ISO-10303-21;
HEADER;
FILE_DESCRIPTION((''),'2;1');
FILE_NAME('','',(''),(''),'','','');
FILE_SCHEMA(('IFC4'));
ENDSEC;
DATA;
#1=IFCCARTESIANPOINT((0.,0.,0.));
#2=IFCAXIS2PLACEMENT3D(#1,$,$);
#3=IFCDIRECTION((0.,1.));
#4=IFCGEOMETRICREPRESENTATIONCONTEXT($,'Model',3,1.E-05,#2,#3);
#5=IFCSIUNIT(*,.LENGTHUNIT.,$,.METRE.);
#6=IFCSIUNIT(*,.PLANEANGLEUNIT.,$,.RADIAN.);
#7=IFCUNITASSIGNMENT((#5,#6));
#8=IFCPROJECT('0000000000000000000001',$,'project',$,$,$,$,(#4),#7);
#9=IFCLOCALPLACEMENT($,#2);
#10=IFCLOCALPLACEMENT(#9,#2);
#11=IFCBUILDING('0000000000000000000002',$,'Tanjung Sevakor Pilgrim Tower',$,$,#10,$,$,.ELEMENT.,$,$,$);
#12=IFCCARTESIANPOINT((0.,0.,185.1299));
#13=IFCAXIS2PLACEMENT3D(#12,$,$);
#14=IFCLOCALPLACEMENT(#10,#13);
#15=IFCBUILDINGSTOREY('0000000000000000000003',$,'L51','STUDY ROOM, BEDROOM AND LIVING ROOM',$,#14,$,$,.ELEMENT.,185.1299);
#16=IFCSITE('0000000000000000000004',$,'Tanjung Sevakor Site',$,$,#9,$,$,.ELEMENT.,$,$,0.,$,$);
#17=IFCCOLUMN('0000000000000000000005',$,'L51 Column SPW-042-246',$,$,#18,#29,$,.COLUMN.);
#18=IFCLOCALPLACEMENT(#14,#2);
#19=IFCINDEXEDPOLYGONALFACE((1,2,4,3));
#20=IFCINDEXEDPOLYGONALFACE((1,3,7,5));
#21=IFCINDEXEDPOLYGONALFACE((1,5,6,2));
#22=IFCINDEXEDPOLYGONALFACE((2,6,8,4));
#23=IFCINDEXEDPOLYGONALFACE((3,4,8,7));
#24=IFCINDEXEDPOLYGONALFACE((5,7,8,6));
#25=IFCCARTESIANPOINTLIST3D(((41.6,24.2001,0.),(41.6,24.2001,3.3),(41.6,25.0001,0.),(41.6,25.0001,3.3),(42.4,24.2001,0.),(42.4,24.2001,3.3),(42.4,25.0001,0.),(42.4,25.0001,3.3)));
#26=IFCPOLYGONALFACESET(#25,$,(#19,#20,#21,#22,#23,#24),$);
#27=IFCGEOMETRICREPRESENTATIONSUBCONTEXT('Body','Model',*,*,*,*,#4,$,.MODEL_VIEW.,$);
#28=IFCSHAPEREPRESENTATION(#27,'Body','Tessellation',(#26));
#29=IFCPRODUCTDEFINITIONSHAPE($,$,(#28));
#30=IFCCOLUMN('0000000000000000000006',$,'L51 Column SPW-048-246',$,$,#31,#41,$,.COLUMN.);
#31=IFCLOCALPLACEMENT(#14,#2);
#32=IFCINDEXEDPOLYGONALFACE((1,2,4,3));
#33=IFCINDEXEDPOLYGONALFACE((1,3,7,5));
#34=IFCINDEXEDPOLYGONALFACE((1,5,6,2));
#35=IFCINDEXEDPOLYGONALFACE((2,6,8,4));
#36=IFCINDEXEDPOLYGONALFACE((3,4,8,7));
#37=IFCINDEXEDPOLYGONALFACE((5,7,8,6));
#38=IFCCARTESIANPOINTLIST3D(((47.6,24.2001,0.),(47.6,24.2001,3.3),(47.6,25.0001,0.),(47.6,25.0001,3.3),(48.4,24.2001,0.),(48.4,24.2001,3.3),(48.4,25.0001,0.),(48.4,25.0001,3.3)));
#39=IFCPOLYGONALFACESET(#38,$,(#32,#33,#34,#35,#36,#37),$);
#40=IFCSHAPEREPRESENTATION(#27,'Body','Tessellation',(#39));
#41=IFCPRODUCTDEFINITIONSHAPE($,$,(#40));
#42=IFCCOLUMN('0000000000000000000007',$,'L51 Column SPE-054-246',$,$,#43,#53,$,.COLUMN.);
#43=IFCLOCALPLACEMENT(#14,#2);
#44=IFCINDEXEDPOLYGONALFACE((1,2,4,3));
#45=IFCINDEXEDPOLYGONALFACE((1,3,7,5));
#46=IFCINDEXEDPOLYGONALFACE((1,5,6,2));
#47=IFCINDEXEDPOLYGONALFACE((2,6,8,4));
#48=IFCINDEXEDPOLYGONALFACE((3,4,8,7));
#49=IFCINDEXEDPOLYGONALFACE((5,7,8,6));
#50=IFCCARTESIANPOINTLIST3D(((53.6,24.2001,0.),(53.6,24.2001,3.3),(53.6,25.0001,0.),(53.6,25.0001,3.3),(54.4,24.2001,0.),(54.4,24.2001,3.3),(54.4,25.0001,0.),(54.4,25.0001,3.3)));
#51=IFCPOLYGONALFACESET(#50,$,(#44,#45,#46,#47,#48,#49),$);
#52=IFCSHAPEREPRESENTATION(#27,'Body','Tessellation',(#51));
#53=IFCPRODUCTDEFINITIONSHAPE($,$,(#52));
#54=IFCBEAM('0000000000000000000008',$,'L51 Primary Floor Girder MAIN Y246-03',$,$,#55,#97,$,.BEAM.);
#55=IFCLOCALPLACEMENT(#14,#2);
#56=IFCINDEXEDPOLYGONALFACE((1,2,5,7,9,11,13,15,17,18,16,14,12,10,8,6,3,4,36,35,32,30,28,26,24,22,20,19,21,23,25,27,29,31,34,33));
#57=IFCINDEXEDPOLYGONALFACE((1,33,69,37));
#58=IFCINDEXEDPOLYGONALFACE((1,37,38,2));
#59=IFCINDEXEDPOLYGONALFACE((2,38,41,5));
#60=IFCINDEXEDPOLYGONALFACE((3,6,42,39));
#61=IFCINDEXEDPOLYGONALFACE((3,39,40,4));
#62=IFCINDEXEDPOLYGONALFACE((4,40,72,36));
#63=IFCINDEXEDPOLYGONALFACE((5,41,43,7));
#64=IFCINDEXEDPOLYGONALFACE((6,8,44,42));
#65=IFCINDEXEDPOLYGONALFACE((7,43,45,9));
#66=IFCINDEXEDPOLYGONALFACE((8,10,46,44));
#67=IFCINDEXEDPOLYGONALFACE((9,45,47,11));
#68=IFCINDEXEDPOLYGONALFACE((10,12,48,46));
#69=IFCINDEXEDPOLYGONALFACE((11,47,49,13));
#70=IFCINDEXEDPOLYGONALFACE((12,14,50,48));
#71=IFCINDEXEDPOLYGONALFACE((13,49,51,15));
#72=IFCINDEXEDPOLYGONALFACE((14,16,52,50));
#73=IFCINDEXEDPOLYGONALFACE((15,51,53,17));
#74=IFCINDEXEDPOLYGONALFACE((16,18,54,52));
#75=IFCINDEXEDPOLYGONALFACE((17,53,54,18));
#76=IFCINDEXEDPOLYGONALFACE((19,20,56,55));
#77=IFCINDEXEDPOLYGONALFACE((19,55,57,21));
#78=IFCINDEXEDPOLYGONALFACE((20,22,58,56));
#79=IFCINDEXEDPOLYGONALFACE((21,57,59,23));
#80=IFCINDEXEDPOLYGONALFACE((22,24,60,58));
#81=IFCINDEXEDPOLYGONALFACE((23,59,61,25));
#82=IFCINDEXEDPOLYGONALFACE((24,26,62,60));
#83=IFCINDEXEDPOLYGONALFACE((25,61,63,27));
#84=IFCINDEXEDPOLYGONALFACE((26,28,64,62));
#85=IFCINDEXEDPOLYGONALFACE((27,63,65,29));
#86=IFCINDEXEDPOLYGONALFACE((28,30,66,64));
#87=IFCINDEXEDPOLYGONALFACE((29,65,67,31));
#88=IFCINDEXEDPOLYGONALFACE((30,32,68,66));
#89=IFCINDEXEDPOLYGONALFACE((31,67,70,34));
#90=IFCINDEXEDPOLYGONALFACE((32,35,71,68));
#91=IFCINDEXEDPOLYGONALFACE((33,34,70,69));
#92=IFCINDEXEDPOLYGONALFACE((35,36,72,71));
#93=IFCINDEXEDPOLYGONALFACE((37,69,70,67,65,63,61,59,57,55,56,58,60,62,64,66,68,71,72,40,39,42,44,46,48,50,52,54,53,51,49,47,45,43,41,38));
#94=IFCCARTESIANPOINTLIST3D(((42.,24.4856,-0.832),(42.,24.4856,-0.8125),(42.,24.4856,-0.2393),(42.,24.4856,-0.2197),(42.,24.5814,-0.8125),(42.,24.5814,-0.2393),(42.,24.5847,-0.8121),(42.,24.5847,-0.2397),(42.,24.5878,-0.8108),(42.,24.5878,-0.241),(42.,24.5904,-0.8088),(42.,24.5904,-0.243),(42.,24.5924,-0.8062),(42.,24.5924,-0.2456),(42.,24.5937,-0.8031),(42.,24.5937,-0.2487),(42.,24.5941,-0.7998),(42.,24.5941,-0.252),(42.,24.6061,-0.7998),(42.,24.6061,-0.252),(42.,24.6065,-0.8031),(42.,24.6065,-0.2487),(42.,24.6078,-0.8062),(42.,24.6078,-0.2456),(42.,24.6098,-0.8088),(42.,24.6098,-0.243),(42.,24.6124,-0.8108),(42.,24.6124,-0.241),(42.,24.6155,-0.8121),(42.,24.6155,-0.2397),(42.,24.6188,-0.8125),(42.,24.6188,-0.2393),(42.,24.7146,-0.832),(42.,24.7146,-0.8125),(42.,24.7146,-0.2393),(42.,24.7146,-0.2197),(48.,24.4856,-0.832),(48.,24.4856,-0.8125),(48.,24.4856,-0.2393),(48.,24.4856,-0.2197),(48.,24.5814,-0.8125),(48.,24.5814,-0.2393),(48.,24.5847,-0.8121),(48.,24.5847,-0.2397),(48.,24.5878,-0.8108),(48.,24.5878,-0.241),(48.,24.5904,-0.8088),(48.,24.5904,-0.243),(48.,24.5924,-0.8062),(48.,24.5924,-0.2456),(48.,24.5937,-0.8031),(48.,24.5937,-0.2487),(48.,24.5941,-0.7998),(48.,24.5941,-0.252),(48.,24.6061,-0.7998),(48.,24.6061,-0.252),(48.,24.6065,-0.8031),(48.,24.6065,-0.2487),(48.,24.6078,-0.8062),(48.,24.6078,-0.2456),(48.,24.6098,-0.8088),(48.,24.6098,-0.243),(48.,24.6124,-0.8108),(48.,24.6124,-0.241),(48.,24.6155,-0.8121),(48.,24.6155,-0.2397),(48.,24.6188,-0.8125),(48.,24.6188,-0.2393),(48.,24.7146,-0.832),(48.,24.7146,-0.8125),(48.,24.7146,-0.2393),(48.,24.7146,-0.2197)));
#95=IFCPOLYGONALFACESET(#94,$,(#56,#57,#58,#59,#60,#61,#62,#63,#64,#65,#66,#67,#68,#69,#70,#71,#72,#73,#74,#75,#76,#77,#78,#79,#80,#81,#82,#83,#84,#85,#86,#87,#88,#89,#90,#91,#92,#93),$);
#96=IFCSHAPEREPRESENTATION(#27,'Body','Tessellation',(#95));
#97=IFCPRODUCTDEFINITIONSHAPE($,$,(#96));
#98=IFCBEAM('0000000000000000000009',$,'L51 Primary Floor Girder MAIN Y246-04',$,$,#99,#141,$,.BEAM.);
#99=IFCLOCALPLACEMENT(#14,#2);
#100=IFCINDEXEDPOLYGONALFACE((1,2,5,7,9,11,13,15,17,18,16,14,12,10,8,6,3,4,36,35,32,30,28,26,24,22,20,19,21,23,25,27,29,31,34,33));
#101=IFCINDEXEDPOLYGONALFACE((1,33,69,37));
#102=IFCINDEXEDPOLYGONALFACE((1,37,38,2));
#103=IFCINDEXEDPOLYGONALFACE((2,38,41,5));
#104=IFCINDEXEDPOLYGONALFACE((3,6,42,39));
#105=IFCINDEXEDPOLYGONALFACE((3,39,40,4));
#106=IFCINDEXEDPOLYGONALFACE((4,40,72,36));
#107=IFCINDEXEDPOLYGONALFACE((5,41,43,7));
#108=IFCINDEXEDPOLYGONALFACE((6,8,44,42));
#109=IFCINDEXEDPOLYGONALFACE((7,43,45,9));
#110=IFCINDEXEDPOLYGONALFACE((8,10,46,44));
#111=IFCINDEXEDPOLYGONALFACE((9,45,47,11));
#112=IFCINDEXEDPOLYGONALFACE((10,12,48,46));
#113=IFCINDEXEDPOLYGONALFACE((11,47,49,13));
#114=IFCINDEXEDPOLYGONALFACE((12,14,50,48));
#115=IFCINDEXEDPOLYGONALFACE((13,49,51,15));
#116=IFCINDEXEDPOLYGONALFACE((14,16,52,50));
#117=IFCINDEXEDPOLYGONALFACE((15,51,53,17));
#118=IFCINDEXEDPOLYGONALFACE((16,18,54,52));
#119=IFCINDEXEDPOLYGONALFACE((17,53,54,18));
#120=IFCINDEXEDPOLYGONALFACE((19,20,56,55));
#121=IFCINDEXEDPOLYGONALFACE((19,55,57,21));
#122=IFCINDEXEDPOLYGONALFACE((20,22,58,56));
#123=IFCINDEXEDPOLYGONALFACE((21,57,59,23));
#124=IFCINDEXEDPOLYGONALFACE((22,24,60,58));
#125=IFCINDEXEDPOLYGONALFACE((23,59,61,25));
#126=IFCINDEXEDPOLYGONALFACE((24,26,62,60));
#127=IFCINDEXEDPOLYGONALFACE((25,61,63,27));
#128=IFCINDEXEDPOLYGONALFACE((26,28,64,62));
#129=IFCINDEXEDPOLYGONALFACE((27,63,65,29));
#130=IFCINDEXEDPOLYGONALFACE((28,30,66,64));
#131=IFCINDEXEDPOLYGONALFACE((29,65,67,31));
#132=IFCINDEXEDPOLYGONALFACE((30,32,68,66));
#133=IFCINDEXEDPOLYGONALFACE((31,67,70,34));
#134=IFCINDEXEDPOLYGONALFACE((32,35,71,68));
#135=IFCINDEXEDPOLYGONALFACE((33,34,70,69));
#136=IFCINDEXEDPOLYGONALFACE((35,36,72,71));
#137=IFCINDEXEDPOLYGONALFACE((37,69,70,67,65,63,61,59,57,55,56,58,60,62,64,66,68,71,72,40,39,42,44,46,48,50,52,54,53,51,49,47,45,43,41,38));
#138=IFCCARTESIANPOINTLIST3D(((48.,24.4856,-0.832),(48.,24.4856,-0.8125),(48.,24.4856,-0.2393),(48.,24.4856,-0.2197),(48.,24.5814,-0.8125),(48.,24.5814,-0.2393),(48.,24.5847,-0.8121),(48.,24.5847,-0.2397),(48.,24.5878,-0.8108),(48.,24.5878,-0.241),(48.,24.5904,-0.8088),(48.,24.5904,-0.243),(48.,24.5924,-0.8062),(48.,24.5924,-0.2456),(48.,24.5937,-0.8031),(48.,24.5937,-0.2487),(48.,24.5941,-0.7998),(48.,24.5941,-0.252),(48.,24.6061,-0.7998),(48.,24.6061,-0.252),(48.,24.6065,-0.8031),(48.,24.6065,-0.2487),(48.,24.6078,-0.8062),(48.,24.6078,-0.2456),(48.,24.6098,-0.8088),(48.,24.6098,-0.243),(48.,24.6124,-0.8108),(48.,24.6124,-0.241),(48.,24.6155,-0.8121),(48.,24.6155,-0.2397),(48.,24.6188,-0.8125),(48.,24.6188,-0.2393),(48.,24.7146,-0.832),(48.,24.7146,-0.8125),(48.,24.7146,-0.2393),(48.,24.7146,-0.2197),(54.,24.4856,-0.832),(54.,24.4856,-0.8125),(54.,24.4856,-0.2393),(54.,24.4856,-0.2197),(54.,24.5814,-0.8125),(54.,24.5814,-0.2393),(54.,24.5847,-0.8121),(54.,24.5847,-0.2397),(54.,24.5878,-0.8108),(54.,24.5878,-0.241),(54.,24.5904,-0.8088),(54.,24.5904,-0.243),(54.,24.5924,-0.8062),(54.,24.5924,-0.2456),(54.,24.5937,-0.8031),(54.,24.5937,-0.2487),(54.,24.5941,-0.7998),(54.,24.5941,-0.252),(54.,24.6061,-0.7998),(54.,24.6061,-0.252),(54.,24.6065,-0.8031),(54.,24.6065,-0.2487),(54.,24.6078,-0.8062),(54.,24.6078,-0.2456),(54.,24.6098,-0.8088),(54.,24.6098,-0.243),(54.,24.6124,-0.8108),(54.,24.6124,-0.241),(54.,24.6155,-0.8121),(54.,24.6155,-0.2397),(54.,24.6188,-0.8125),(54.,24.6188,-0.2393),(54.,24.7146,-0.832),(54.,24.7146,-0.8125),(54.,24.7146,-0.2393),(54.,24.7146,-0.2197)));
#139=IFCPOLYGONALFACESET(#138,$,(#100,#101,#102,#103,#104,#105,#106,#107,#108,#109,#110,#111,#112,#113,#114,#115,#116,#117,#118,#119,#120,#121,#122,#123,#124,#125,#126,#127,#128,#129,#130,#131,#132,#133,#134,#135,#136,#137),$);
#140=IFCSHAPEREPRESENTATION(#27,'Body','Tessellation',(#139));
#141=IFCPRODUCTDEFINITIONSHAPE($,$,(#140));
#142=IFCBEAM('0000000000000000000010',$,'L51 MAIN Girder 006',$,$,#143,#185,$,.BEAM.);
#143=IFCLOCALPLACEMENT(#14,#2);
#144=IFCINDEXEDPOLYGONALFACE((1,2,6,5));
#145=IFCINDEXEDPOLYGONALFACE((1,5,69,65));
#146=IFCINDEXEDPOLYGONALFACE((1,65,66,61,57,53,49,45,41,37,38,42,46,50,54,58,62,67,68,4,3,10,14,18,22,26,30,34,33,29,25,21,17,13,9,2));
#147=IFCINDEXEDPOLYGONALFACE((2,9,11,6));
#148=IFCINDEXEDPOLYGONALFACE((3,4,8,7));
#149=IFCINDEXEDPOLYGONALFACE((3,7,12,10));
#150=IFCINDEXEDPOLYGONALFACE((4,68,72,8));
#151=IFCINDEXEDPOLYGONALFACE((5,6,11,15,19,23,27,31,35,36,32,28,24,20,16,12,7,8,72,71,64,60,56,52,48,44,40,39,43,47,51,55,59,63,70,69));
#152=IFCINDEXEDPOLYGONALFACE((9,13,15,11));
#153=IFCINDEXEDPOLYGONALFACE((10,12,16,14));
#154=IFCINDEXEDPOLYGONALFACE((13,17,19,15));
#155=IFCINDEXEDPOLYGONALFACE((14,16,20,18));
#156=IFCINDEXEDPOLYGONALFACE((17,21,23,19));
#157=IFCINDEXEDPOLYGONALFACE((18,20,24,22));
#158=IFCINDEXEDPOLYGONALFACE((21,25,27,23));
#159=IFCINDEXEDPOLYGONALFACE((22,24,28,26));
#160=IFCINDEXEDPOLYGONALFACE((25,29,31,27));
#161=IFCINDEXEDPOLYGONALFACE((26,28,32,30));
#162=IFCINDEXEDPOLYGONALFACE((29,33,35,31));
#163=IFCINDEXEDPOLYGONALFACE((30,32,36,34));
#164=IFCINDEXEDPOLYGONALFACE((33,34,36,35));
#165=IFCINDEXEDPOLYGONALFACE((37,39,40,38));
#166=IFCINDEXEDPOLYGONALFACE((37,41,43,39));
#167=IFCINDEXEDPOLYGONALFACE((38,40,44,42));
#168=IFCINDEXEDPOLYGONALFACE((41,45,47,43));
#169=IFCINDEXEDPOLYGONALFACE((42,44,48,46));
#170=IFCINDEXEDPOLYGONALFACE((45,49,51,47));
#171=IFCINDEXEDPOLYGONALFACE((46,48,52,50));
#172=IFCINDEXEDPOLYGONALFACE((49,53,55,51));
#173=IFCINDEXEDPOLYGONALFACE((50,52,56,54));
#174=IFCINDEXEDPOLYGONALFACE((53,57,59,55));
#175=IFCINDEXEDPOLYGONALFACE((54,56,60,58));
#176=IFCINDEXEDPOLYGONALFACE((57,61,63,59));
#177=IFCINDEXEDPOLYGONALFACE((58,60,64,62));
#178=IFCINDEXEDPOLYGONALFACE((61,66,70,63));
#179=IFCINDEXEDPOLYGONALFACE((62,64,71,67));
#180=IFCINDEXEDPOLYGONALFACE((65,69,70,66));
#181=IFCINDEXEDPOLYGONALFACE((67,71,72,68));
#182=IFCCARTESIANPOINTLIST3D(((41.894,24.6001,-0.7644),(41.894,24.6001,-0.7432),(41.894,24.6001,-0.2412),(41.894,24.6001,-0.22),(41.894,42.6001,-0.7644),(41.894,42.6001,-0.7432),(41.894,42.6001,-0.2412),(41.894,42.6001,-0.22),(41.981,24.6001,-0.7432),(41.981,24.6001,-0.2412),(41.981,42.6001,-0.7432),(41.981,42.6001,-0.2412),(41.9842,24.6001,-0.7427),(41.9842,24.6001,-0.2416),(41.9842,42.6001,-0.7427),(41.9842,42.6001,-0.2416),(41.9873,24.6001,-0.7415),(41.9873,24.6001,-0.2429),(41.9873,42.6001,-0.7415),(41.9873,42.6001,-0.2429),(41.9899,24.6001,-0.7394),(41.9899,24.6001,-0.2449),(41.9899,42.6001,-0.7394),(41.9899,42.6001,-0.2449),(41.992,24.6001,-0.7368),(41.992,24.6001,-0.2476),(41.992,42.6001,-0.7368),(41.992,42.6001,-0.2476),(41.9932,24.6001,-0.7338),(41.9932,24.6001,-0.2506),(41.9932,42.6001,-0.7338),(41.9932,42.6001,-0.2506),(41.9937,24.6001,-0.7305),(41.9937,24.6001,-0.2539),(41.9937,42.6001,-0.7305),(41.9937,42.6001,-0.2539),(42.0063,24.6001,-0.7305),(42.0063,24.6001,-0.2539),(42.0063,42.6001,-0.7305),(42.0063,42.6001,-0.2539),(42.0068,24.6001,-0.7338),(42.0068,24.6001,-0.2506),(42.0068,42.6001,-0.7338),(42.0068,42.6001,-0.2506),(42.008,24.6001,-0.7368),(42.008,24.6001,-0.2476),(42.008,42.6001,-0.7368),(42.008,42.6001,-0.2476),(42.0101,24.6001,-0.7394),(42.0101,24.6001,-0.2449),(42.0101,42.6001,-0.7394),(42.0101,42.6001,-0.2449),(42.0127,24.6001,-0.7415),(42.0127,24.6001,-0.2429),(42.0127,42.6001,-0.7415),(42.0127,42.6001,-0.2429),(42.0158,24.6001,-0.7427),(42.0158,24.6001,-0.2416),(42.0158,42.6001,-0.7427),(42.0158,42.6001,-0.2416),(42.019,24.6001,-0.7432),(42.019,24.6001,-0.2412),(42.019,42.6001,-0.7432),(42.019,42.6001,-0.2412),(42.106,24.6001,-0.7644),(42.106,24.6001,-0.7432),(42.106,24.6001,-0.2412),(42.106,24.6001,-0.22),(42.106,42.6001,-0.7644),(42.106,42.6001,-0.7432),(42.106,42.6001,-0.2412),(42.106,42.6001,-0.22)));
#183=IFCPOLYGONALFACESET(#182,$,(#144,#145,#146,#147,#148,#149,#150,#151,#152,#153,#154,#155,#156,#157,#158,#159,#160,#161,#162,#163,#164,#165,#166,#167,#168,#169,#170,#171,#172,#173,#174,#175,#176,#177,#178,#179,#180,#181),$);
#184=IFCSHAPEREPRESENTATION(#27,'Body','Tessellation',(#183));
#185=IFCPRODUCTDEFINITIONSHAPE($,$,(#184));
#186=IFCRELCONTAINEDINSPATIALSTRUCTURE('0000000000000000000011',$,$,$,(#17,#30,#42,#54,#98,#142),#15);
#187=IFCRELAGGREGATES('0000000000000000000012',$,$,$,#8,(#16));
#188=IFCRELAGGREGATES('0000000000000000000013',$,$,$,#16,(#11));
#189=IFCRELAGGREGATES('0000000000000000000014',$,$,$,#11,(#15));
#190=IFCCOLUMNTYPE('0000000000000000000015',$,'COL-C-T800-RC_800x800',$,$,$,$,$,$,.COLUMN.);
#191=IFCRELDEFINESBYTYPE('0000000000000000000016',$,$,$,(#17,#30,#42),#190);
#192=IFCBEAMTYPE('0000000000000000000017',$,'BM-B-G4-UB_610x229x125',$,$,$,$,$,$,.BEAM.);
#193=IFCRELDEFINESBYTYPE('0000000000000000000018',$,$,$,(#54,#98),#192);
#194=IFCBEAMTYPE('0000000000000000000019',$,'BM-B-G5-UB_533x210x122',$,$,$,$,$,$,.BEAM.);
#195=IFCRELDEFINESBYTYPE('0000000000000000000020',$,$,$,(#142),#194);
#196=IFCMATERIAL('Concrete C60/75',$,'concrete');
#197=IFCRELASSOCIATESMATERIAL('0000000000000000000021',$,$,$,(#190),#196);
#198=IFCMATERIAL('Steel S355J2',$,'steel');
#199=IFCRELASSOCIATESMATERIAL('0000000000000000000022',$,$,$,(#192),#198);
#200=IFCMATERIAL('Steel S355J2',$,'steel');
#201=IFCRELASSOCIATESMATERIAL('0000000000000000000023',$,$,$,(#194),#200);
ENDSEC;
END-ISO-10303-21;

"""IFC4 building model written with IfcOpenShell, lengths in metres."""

from ifc_helpers import new_model, si_unit, direction, frame, origin, origin_2d, place, context, subcontext, project, spatial, rectangle, i_section, extrude, material, material_profile, profile_set, type_object, element, save


model = new_model("IFC4")

# Units and contexts
model_context = context("Model", 3, precision=1e-05, world=origin(), true_north=direction((0.0, 1.0)))
body_context = subcontext(model_context, "Body", "Model", "MODEL_VIEW")
ifc_project = project(units=[si_unit("LENGTHUNIT", "METRE"), si_unit("PLANEANGLEUNIT", "RADIAN")], contexts=[model_context])

# Site, building, storey
site_placement = place(None, origin())
site = spatial("IfcSite", under=ifc_project, at=site_placement, Name="Tanjung Sevakor Site", CompositionType="ELEMENT", RefElevation=0.0)
building_placement = place(site_placement, origin())
building = spatial("IfcBuilding", under=site, at=building_placement, Name="Tanjung Sevakor Pilgrim Tower", CompositionType="ELEMENT")
storey_placement = place(building_placement, frame((0.0, 0.0, 185.1299)))
storey = spatial("IfcBuildingStorey", under=building, at=storey_placement, Name="L51", Description="STUDY ROOM, BEDROOM AND LIVING ROOM", CompositionType="ELEMENT", Elevation=185.1299)

# Columns
ifc_material_1 = material(Name="Concrete C60/75", Category="concrete")
ifc_material_profile_1 = material_profile(ifc_material_1, rectangle(XDim=0.8, YDim=0.8, at=origin_2d()))
ifc_profile_set_1 = profile_set([ifc_material_profile_1], Name="Concrete C60/75")
column_type = type_object("IfcColumnType", Name="COL-C-T800-RC_800x800", PredefinedType="COLUMN", material=ifc_profile_set_1)
for number, where, z_axis, x_axis, name in (
    (1, (42.0, 24.6001, 0.0), (0.0, 0.0, 1.0), (1.0, 0.0, 0.0), "L51 Column SPW-042-246"),
    (2, (48.0, 24.6001, 0.0), (0.0, 0.0, 1.0), (1.0, 0.0, 0.0), "L51 Column SPW-048-246"),
    (3, (54.0, 24.6001, 0.0), (0.0, 0.0, 1.0), (1.0, 0.0, 0.0), "L51 Column SPE-054-246"),
):
    element("IfcColumn", number, at=place(storey_placement, frame(where, z_axis=z_axis, x_axis=x_axis)), inside=storey, type_object=column_type, Name=name, PredefinedType="COLUMN", context=body_context, shape_type="SweptSolid", body=[
        extrude(rectangle(XDim=0.8, YDim=0.8, at=origin_2d()), origin(), (0.0, 0.0, 1.0), 3.3),
    ])

# Beams
ifc_material_2 = material(Name="Steel S355J2", Category="steel")
ifc_material_profile_2 = material_profile(ifc_material_2, i_section(OverallWidth=0.229, OverallDepth=0.6123, WebThickness=0.012, FlangeThickness=0.0195, FilletRadius=0.0127, at=origin_2d()))
ifc_profile_set_2 = profile_set([ifc_material_profile_2], Name="Steel S355J2")
beam_type_1 = type_object("IfcBeamType", Name="BM-B-G4-UB_610x229x125", PredefinedType="BEAM", material=ifc_profile_set_2)
for number, where, z_axis, x_axis, name in (
    (4, (42.0, 24.6001, -0.5259), (1.0, 0.0, 0.0), (0.0, 1.0, 0.0), "L51 Primary Floor Girder MAIN Y246-03"),
    (5, (48.0, 24.6001, -0.5259), (1.0, 0.0, 0.0), (0.0, 1.0, 0.0), "L51 Primary Floor Girder MAIN Y246-04"),
):
    element("IfcBeam", number, at=place(storey_placement, frame(where, z_axis=z_axis, x_axis=x_axis)), inside=storey, type_object=beam_type_1, Name=name, PredefinedType="BEAM", context=body_context, shape_type="SweptSolid", body=[
        extrude(i_section(OverallWidth=0.229, OverallDepth=0.6123, WebThickness=0.012, FlangeThickness=0.0195, FilletRadius=0.0127, at=origin_2d()), origin(), (0.0, 0.0, 1.0), 6.0),
    ])
ifc_material_3 = material(Name="Steel S355J2", Category="steel")
ifc_material_profile_3 = material_profile(ifc_material_3, i_section(OverallWidth=0.2119, OverallDepth=0.5444, WebThickness=0.0127, FlangeThickness=0.0212, FilletRadius=0.0127, at=origin_2d()))
ifc_profile_set_3 = profile_set([ifc_material_profile_3], Name="Steel S355J2")
beam_type_2 = type_object("IfcBeamType", Name="BM-B-G5-UB_533x210x122", PredefinedType="BEAM", material=ifc_profile_set_3)
beam_placement = place(storey_placement, frame((42.0, 24.6001, -0.4922), z_axis=(0.0, 1.0, 0.0), x_axis=(-1.0, 0.0, 0.0)))
element("IfcBeam", 6, at=beam_placement, inside=storey, type_object=beam_type_2, Name="L51 MAIN Girder 006", PredefinedType="BEAM", context=body_context, shape_type="SweptSolid", body=[
    extrude(i_section(OverallWidth=0.2119, OverallDepth=0.5444, WebThickness=0.0127, FlangeThickness=0.0212, FilletRadius=0.0127, at=origin_2d()), origin(), (0.0, 0.0, 1.0), 18.0),
])

save(model, "model.ifc")
